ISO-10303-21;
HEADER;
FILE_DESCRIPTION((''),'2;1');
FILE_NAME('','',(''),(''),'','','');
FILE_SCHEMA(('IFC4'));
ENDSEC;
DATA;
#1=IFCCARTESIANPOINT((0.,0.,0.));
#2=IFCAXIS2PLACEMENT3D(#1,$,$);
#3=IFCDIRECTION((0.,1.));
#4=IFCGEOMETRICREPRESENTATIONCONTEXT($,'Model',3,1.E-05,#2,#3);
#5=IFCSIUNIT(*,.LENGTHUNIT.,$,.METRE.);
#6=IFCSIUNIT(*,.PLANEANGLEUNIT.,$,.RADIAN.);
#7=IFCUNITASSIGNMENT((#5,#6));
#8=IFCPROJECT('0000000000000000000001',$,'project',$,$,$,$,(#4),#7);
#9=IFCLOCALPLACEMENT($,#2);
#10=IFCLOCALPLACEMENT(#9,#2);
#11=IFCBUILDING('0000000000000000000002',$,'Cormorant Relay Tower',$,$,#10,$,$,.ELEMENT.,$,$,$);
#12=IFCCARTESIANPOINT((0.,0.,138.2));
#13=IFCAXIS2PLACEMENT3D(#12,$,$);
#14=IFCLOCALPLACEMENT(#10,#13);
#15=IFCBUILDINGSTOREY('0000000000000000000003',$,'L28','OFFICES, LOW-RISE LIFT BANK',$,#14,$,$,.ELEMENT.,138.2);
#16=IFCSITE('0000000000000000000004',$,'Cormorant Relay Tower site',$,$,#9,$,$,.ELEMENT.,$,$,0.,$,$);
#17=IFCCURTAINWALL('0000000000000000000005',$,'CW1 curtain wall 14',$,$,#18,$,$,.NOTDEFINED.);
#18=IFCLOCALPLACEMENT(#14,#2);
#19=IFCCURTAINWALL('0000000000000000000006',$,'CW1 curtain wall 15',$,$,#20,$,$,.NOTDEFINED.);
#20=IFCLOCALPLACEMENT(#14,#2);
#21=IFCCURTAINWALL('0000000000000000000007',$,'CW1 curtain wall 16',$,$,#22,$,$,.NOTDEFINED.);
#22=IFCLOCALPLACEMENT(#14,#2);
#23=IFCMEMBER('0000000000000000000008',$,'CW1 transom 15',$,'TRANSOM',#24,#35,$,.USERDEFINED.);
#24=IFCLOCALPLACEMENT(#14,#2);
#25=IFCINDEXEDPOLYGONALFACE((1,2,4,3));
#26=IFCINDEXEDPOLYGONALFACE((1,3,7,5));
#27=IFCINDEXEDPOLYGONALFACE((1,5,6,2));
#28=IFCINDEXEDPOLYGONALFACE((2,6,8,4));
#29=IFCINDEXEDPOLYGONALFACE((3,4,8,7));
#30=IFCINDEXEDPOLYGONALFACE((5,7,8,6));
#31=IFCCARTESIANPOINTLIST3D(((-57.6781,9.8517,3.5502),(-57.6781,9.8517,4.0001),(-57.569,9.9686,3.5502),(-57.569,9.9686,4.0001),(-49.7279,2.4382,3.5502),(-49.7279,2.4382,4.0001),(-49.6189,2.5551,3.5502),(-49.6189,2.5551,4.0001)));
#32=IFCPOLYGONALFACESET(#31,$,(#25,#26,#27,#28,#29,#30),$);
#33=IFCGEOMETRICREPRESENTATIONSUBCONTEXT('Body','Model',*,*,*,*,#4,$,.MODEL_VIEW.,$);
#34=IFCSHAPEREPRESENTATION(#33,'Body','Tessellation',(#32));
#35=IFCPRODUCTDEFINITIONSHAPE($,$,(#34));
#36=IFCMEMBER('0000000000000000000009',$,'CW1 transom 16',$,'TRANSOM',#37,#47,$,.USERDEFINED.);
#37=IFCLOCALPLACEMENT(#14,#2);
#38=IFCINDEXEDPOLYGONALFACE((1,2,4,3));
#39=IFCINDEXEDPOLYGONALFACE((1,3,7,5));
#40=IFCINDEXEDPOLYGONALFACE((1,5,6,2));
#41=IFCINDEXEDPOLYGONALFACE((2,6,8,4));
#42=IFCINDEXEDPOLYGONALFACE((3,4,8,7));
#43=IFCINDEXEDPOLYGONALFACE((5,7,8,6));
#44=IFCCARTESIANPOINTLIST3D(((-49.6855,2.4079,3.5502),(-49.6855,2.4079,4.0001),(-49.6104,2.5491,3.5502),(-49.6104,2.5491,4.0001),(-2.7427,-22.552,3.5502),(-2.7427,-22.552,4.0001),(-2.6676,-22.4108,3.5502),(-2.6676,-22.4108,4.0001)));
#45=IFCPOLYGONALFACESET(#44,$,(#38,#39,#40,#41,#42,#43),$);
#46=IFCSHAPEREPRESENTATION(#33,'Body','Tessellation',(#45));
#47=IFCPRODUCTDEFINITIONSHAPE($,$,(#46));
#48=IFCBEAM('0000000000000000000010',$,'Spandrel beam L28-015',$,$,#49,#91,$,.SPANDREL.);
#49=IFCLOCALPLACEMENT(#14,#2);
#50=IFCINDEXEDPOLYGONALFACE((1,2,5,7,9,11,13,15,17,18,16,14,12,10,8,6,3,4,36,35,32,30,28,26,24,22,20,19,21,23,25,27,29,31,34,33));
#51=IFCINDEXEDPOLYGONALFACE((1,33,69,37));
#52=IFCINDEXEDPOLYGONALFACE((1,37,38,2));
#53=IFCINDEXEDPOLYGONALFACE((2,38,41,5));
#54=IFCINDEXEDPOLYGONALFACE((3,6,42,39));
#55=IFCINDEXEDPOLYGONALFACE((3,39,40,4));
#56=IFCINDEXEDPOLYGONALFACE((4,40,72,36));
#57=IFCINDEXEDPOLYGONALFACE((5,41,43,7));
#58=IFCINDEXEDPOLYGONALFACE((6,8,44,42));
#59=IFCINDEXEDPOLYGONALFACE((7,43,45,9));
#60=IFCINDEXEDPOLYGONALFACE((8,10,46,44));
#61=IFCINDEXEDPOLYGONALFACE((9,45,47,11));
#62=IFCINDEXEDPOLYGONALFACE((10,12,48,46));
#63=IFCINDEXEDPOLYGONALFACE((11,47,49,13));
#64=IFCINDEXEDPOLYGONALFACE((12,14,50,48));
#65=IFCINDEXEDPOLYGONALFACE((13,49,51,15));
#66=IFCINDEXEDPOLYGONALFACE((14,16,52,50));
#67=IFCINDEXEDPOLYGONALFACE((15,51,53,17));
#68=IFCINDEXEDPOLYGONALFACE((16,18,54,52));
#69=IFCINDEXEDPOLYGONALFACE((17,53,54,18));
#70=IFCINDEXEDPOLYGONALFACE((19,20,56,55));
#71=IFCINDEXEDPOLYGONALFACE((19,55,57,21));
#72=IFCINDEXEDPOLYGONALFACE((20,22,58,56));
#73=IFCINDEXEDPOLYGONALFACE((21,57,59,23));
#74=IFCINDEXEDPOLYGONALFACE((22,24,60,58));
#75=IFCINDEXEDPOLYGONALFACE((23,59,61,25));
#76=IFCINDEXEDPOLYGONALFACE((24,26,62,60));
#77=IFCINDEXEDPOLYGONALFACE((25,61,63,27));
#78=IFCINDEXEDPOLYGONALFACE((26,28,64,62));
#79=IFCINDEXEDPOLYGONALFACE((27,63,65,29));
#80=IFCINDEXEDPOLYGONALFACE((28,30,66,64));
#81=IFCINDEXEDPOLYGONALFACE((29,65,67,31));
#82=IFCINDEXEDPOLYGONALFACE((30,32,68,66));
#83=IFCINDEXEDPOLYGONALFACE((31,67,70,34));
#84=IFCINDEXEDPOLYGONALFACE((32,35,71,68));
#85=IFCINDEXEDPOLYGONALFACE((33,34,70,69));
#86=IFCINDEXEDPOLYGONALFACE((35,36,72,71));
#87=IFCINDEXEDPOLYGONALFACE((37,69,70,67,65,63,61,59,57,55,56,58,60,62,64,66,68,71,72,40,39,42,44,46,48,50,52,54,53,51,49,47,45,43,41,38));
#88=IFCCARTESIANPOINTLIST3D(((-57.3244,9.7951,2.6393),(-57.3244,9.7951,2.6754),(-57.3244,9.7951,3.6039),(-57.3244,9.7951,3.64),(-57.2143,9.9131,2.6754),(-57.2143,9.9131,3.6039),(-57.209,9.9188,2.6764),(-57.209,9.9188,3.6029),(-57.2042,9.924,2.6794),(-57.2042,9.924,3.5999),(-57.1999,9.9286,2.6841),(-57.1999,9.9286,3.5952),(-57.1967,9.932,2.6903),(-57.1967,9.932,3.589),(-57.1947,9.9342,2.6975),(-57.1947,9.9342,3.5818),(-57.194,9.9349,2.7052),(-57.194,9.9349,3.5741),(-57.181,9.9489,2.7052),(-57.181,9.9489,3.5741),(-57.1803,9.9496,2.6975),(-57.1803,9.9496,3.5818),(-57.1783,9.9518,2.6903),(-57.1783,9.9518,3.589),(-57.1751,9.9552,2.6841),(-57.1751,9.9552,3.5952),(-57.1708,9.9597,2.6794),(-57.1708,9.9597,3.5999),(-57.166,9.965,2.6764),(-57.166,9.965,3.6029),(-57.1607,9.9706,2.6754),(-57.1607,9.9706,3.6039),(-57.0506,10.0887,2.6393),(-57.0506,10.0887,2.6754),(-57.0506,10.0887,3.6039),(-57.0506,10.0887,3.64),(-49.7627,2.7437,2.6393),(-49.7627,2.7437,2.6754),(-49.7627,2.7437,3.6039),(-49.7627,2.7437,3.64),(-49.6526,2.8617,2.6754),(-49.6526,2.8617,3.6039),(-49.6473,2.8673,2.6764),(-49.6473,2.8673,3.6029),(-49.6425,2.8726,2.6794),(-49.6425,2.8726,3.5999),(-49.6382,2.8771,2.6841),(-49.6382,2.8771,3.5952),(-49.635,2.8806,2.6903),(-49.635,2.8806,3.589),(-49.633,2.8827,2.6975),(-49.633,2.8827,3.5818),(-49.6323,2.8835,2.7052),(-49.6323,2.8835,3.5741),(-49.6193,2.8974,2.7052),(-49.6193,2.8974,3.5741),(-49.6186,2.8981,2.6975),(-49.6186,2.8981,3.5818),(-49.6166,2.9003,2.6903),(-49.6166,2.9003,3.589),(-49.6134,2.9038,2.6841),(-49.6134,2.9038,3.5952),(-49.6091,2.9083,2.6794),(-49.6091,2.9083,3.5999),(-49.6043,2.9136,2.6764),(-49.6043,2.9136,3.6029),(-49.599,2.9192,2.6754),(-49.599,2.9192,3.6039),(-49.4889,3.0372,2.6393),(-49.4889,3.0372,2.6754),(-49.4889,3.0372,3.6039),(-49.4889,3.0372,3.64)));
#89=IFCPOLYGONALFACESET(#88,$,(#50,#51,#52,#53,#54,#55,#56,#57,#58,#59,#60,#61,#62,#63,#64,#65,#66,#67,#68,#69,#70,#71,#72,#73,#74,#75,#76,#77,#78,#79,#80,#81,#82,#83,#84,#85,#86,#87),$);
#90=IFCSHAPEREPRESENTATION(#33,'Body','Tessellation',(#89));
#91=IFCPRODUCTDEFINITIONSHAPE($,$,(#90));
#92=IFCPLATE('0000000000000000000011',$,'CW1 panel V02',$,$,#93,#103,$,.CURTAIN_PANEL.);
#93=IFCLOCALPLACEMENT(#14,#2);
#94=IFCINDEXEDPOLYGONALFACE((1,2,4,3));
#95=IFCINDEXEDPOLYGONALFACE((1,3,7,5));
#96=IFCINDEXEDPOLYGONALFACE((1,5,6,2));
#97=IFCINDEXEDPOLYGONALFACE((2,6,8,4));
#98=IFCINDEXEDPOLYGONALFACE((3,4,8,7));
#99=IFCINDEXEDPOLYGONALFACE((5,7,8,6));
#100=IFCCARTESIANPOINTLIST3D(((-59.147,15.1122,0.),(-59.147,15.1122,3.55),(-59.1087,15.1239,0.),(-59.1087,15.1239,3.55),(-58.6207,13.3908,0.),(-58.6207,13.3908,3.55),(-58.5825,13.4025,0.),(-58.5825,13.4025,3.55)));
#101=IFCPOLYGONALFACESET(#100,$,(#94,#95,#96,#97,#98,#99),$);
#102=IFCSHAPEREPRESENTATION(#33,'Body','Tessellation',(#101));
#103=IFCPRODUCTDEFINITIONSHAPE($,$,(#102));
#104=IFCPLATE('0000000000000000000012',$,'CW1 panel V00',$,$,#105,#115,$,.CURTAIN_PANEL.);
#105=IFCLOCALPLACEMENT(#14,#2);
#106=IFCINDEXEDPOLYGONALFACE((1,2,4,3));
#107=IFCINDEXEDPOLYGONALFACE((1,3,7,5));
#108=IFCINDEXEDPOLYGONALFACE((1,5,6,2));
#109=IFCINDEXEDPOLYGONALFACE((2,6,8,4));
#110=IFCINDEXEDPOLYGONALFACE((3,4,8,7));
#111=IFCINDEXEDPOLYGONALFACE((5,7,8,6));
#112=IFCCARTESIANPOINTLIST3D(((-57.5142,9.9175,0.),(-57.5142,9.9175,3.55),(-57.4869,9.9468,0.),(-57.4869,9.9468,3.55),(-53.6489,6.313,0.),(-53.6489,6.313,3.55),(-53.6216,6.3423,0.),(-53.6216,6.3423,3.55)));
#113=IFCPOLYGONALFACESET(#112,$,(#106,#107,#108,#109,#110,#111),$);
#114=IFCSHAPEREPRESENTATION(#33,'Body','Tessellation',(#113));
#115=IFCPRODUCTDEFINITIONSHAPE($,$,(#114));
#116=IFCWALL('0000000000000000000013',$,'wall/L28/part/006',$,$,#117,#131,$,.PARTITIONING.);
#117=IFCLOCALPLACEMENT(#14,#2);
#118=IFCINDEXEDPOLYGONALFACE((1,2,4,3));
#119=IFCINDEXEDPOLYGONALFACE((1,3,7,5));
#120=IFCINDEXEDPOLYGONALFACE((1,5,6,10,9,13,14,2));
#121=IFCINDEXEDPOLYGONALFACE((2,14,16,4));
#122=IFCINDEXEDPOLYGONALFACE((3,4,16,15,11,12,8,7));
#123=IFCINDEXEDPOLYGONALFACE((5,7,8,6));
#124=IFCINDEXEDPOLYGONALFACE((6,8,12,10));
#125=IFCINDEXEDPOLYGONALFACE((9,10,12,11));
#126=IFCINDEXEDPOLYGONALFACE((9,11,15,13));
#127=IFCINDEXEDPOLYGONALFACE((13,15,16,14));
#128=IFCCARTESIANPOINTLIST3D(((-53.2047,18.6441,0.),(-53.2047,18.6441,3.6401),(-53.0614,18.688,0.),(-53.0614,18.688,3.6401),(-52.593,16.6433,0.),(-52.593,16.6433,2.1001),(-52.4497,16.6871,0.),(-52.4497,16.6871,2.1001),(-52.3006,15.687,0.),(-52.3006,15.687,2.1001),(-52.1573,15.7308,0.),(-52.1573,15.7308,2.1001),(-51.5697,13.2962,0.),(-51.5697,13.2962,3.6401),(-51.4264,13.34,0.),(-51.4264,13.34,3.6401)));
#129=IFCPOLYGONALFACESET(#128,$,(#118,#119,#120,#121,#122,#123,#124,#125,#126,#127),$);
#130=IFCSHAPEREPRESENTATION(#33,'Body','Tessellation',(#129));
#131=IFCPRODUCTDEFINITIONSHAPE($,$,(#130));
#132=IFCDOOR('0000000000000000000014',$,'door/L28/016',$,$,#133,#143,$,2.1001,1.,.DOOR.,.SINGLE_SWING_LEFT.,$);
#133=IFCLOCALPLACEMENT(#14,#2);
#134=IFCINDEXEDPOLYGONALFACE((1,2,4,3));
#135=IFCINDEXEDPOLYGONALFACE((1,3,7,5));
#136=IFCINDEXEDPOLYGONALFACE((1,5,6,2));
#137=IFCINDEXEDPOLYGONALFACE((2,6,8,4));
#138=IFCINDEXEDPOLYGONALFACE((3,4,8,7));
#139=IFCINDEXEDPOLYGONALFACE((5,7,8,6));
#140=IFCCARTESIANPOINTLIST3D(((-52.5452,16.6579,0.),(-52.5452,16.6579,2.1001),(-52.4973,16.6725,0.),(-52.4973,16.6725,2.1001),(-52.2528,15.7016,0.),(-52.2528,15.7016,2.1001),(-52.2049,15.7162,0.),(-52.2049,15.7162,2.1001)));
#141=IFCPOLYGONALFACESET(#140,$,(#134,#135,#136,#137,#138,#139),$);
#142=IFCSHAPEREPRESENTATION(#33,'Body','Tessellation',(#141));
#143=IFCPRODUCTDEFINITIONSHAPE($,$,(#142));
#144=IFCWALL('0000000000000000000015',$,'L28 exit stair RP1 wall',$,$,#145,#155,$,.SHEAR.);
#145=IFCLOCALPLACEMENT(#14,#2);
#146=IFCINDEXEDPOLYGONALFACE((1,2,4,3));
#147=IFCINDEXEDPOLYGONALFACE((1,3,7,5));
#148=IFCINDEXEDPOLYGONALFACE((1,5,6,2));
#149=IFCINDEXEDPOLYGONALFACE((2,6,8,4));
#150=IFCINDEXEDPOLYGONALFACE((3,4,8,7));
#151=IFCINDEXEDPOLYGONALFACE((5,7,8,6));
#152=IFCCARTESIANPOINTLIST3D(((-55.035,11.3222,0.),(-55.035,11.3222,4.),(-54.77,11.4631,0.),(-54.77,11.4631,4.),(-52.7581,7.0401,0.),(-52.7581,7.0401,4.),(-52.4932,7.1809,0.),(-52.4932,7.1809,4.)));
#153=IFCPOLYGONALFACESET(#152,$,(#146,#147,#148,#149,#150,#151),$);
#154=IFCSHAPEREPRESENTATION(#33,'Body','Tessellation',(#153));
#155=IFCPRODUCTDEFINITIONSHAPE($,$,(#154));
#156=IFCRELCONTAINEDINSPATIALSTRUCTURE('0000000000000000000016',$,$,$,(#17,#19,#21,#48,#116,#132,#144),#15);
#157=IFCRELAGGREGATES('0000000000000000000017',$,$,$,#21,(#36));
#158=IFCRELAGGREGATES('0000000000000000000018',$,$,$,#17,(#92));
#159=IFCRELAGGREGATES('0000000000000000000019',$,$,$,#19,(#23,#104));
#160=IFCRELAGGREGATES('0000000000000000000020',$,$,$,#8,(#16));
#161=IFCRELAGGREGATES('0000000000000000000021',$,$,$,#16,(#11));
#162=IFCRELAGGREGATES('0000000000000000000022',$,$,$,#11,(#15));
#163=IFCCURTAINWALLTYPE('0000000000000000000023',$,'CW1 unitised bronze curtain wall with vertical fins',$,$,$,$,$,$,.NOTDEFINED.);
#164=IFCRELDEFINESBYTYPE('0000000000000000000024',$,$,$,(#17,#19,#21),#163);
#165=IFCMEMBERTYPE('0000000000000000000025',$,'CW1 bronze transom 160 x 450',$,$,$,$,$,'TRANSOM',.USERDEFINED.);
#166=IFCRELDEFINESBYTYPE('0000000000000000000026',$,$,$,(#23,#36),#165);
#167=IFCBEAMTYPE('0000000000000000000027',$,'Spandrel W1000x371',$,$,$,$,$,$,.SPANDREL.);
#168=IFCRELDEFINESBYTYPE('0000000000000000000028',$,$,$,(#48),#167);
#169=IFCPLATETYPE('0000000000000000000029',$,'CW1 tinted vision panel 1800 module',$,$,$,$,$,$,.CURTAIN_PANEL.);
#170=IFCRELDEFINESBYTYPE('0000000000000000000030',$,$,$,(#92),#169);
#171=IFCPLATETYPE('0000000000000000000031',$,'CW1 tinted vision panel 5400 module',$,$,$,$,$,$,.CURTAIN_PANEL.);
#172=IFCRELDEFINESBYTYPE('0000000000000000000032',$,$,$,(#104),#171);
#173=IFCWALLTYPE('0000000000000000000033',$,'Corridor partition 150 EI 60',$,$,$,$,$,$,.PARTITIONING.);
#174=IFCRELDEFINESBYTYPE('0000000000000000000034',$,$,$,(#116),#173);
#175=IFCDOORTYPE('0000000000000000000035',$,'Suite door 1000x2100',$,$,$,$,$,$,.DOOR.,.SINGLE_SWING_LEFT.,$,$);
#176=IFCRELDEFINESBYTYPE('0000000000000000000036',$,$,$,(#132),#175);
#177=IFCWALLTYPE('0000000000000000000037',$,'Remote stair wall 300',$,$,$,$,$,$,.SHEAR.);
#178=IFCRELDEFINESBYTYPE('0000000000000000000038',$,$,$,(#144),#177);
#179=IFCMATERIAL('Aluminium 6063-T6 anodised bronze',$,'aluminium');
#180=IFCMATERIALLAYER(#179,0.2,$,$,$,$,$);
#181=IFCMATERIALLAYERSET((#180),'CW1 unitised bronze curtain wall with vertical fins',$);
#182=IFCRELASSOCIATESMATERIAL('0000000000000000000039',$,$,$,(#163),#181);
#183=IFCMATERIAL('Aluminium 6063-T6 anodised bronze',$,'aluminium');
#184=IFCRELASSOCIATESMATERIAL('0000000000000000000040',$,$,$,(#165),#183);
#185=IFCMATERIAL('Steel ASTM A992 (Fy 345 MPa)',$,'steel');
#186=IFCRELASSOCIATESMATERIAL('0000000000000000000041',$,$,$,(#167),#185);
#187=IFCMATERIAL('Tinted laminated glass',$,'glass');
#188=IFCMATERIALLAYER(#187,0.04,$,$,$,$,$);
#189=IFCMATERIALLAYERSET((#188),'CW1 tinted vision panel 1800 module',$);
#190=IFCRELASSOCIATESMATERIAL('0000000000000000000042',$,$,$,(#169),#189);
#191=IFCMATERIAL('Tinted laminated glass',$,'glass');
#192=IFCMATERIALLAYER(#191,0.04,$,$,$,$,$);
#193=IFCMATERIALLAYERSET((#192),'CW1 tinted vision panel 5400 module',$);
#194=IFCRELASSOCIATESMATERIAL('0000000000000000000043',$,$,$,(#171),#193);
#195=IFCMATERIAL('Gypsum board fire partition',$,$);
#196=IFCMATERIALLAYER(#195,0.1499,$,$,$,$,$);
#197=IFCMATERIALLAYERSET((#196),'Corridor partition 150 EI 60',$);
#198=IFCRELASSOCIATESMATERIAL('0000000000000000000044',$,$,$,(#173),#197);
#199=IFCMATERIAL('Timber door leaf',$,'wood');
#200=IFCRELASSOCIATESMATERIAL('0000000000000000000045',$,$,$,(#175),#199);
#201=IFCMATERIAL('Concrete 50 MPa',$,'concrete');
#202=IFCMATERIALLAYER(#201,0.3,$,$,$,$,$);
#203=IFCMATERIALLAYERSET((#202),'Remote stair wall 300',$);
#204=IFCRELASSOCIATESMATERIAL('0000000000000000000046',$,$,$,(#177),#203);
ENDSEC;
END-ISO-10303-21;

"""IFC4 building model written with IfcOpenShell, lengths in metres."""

from ifc_helpers import new_model, si_unit, direction, frame, frame_2d, origin, origin_2d, place, context, subcontext, project, spatial, rectangle, i_section, extrude, material, layer, layer_set, material_profile, profile_set, type_object, element, fill, aggregate, save


model = new_model("IFC4")

# Units and contexts
model_context = context("Model", 3, precision=1e-05, world=origin(), true_north=direction((0.0, 1.0)))
body_context = subcontext(model_context, "Body", "Model", "MODEL_VIEW")
ifc_project = project(units=[si_unit("LENGTHUNIT", "METRE"), si_unit("PLANEANGLEUNIT", "RADIAN")], contexts=[model_context])

# Site, building, storey
site_placement = place(None, origin())
site = spatial("IfcSite", under=ifc_project, at=site_placement, Name="Cormorant Relay Tower site", CompositionType="ELEMENT", RefElevation=0.0)
building_placement = place(site_placement, origin())
building = spatial("IfcBuilding", under=site, at=building_placement, Name="Cormorant Relay Tower", CompositionType="ELEMENT")
storey_placement = place(building_placement, frame((0.0, 0.0, 138.2)))
storey = spatial("IfcBuildingStorey", under=building, at=storey_placement, Name="L28", Description="OFFICES, LOW-RISE LIFT BANK", CompositionType="ELEMENT", Elevation=138.2)

# Curtain wall
ifc_material_1 = material(Name="Aluminium 6063-T6 anodised bronze", Category="aluminium")
ifc_layer_1 = layer(ifc_material_1, 0.2)
ifc_layer_set_1 = layer_set([ifc_layer_1], Name="CW1 unitised bronze curtain wall with vertical fins")
curtain_wall_type = type_object("IfcCurtainWallType", Name="CW1 unitised bronze curtain wall with vertical fins", PredefinedType="NOTDEFINED", material=ifc_layer_set_1)
curtain_wall_1_placement = place(storey_placement, origin())
curtain_wall_1 = element("IfcCurtainWall", 1, at=curtain_wall_1_placement, inside=storey, type_object=curtain_wall_type, Name="CW1 curtain wall 14", PredefinedType="NOTDEFINED")

# Curtain wall
curtain_wall_2_placement = place(storey_placement, origin())
curtain_wall_2 = element("IfcCurtainWall", 2, at=curtain_wall_2_placement, inside=storey, type_object=curtain_wall_type, Name="CW1 curtain wall 15", PredefinedType="NOTDEFINED")

# Curtain wall
curtain_wall_3_placement = place(storey_placement, origin())
curtain_wall_3 = element("IfcCurtainWall", 3, at=curtain_wall_3_placement, inside=storey, type_object=curtain_wall_type, Name="CW1 curtain wall 16", PredefinedType="NOTDEFINED")

# Members
ifc_material_2 = material(Name="Aluminium 6063-T6 anodised bronze", Category="aluminium")
ifc_material_profile_1 = material_profile(ifc_material_2, rectangle(XDim=0.1599, YDim=0.45, at=origin_2d()), Name="AL 160x450")
ifc_profile_set_1 = profile_set([ifc_material_profile_1], Name="Aluminium 6063-T6 anodised bronze")
member_type_1 = type_object("IfcMemberType", Name="CW1 bronze transom 160 x 450", ElementType="TRANSOM", PredefinedType="USERDEFINED", material=ifc_profile_set_1)
member_1_placement = place(storey_placement, frame((-57.6235, 9.9102, 3.7751), z_axis=(0.731358, -0.681993, 0.0), x_axis=(0.681993, 0.731358, 0.0)))
member_1 = element("IfcMember", 4, at=member_1_placement, type_object=member_type_1, Name="CW1 transom 15", ObjectType="TRANSOM", PredefinedType="USERDEFINED", context=body_context, shape_type="SweptSolid", body=[
    extrude(rectangle(XDim=0.1599, YDim=0.45, at=origin_2d()), origin(), (0.0, 0.0, 1.0), 10.8704),
])
member_2_placement = place(storey_placement, frame((-49.6479, 2.4785, 3.7751), z_axis=(0.882948, -0.469471, 0.0), x_axis=(0.469471, 0.882948, 0.0)))
member_2 = element("IfcMember", 5, at=member_2_placement, type_object=member_type_1, Name="CW1 transom 16", ObjectType="TRANSOM", PredefinedType="USERDEFINED", context=body_context, shape_type="SweptSolid", body=[
    extrude(rectangle(XDim=0.1599, YDim=0.45, at=origin_2d()), origin(), (0.0, 0.0, 1.0), 53.166),
])
aggregate(curtain_wall_3, [member_2])

# Beam
ifc_material_3 = material(Name="Steel ASTM A992 (Fy 345 MPa)", Category="steel")
ifc_material_profile_2 = material_profile(ifc_material_3, i_section(OverallWidth=0.4014, OverallDepth=1.0007, WebThickness=0.019, FlangeThickness=0.0361, FilletRadius=0.0298, at=origin_2d()), Name="W1000x371")
ifc_profile_set_2 = profile_set([ifc_material_profile_2], Name="Steel ASTM A992 (Fy 345 MPa)")
beam_type = type_object("IfcBeamType", Name="Spandrel W1000x371", PredefinedType="SPANDREL", material=ifc_profile_set_2)
beam_placement = place(storey_placement, frame((-57.1875, 9.9419, 3.1396), z_axis=(0.731351, -0.682001, 0.0), x_axis=(0.682001, 0.731351, 0.0)))
element("IfcBeam", 6, at=beam_placement, inside=storey, type_object=beam_type, Name="Spandrel beam L28-015", PredefinedType="SPANDREL", context=body_context, shape_type="SweptSolid", body=[
    extrude(i_section(OverallWidth=0.4014, OverallDepth=1.0007, WebThickness=0.019, FlangeThickness=0.0361, FilletRadius=0.0298, at=origin_2d()), origin(), (0.0, 0.0, 1.0), 10.3394),
])

# Plates
ifc_material_4 = material(Name="Tinted laminated glass", Category="glass")
ifc_layer_2 = layer(ifc_material_4, 0.04)
ifc_layer_set_2 = layer_set([ifc_layer_2], Name="CW1 tinted vision panel 1800 module")
plate_type_1 = type_object("IfcPlateType", Name="CW1 tinted vision panel 1800 module", PredefinedType="CURTAIN_PANEL", material=ifc_layer_set_2)
plate_1_placement = place(storey_placement, frame((-58.8647, 14.2573, 0.0), z_axis=(0.0, 0.0, 1.0), x_axis=(0.292372, -0.956305, 0.0)))
plate_1 = element("IfcPlate", 7, at=plate_1_placement, type_object=plate_type_1, Name="CW1 panel V02", PredefinedType="CURTAIN_PANEL", context=body_context, shape_type="SweptSolid", body=[
    extrude(rectangle(XDim=1.8, YDim=0.04, at=origin_2d()), origin(), (0.0, 0.0, 1.0), 3.55),
])
ifc_material_5 = material(Name="Tinted laminated glass", Category="glass")
ifc_layer_3 = layer(ifc_material_5, 0.04)
ifc_layer_set_3 = layer_set([ifc_layer_3], Name="CW1 tinted vision panel 5400 module")
plate_type_2 = type_object("IfcPlateType", Name="CW1 tinted vision panel 5400 module", PredefinedType="CURTAIN_PANEL", material=ifc_layer_set_3)
plate_2_placement = place(storey_placement, frame((-55.5679, 8.1299, 0.0), z_axis=(0.0, 0.0, 1.0), x_axis=(0.731354, -0.681998, 0.0)))
plate_2 = element("IfcPlate", 8, at=plate_2_placement, type_object=plate_type_2, Name="CW1 panel V00", PredefinedType="CURTAIN_PANEL", context=body_context, shape_type="SweptSolid", body=[
    extrude(rectangle(XDim=5.2852, YDim=0.04, at=origin_2d()), origin(), (0.0, 0.0, 1.0), 3.55),
])

# Wall, opening, door
ifc_material_6 = material(Name="Gypsum board fire partition")
ifc_layer_4 = layer(ifc_material_6, 0.1499)
ifc_layer_set_4 = layer_set([ifc_layer_4], Name="Corridor partition 150 EI 60")
wall_type_1 = type_object("IfcWallType", Name="Corridor partition 150 EI 60", PredefinedType="PARTITIONING", material=ifc_layer_set_4)
wall_1_placement = place(storey_placement, frame((-51.498, 13.3181, 0.0), z_axis=(0.0, 0.0, 1.0), x_axis=(-0.29237, 0.956305, 0.0)))
wall_1 = element("IfcWall", 9, at=wall_1_placement, inside=storey, type_object=wall_type_1, Name="wall/L28/part/006", PredefinedType="PARTITIONING", context=body_context, shape_type="SweptSolid", body=[
    extrude(rectangle(XDim=5.5923, YDim=0.1499, at=frame_2d((2.7961, 0.0))), origin(), (0.0, 0.0, 1.0), 3.6401),
])
opening_1_placement = place(wall_1_placement, frame((2.5, 0.0, 0.0)))
opening_1 = element("IfcOpeningElement", 10, at=opening_1_placement, cuts=wall_1, PredefinedType="OPENING", context=body_context, shape_type="SweptSolid", body=[
    extrude(rectangle(XDim=1.0, YDim=2.1001, at=frame_2d((0.5, 1.05))), frame((0.0, 0.085, 0.0), z_axis=(0.0, -1.0, 0.0), x_axis=(1.0, 0.0, 0.0)), (0.0, 0.0, 1.0), 0.1699),
])
ifc_material_7 = material(Name="Timber door leaf", Category="wood")
door_type_1 = type_object("IfcDoorType", Name="Suite door 1000x2100", OperationType="SINGLE_SWING_LEFT", PredefinedType="DOOR", material=ifc_material_7)
door_1_placement = place(opening_1_placement, origin())
door_1 = element("IfcDoor", 11, at=door_1_placement, inside=storey, type_object=door_type_1, Name="door/L28/016", OperationType="SINGLE_SWING_LEFT", OverallHeight=2.1001, OverallWidth=1.0, PredefinedType="DOOR", context=body_context, shape_type="SweptSolid", body=[
    extrude(rectangle(XDim=1.0, YDim=2.1001, at=frame_2d((0.5, 1.05))), frame((0.0, 0.0249, 0.0), z_axis=(0.0, -1.0, 0.0), x_axis=(1.0, 0.0, 0.0)), (0.0, 0.0, 1.0), 0.05),
])
fill(opening_1, door_1)

# Wall
ifc_material_8 = material(Name="Concrete 50 MPa", Category="concrete")
ifc_layer_5 = layer(ifc_material_8, 0.3)
ifc_layer_set_5 = layer_set([ifc_layer_5], Name="Remote stair wall 300")
wall_type_2 = type_object("IfcWallType", Name="Remote stair wall 300", PredefinedType="SHEAR", material=ifc_layer_set_5)
wall_2_placement = place(storey_placement, frame((-52.6257, 7.1106, 0.0), z_axis=(0.0, 0.0, 1.0), x_axis=(-0.469464, 0.882951, 0.0)))
element("IfcWall", 12, at=wall_2_placement, inside=storey, type_object=wall_type_2, Name="L28 exit stair RP1 wall", PredefinedType="SHEAR", context=body_context, shape_type="SweptSolid", body=[
    extrude(rectangle(XDim=4.8499, YDim=0.3, at=frame_2d((2.4248, 0.0))), origin(), (0.0, 0.0, 1.0), 4.0),
])

aggregate(curtain_wall_1, [plate_1])
aggregate(curtain_wall_2, [member_1, plate_2])

save(model, "model.ifc")
